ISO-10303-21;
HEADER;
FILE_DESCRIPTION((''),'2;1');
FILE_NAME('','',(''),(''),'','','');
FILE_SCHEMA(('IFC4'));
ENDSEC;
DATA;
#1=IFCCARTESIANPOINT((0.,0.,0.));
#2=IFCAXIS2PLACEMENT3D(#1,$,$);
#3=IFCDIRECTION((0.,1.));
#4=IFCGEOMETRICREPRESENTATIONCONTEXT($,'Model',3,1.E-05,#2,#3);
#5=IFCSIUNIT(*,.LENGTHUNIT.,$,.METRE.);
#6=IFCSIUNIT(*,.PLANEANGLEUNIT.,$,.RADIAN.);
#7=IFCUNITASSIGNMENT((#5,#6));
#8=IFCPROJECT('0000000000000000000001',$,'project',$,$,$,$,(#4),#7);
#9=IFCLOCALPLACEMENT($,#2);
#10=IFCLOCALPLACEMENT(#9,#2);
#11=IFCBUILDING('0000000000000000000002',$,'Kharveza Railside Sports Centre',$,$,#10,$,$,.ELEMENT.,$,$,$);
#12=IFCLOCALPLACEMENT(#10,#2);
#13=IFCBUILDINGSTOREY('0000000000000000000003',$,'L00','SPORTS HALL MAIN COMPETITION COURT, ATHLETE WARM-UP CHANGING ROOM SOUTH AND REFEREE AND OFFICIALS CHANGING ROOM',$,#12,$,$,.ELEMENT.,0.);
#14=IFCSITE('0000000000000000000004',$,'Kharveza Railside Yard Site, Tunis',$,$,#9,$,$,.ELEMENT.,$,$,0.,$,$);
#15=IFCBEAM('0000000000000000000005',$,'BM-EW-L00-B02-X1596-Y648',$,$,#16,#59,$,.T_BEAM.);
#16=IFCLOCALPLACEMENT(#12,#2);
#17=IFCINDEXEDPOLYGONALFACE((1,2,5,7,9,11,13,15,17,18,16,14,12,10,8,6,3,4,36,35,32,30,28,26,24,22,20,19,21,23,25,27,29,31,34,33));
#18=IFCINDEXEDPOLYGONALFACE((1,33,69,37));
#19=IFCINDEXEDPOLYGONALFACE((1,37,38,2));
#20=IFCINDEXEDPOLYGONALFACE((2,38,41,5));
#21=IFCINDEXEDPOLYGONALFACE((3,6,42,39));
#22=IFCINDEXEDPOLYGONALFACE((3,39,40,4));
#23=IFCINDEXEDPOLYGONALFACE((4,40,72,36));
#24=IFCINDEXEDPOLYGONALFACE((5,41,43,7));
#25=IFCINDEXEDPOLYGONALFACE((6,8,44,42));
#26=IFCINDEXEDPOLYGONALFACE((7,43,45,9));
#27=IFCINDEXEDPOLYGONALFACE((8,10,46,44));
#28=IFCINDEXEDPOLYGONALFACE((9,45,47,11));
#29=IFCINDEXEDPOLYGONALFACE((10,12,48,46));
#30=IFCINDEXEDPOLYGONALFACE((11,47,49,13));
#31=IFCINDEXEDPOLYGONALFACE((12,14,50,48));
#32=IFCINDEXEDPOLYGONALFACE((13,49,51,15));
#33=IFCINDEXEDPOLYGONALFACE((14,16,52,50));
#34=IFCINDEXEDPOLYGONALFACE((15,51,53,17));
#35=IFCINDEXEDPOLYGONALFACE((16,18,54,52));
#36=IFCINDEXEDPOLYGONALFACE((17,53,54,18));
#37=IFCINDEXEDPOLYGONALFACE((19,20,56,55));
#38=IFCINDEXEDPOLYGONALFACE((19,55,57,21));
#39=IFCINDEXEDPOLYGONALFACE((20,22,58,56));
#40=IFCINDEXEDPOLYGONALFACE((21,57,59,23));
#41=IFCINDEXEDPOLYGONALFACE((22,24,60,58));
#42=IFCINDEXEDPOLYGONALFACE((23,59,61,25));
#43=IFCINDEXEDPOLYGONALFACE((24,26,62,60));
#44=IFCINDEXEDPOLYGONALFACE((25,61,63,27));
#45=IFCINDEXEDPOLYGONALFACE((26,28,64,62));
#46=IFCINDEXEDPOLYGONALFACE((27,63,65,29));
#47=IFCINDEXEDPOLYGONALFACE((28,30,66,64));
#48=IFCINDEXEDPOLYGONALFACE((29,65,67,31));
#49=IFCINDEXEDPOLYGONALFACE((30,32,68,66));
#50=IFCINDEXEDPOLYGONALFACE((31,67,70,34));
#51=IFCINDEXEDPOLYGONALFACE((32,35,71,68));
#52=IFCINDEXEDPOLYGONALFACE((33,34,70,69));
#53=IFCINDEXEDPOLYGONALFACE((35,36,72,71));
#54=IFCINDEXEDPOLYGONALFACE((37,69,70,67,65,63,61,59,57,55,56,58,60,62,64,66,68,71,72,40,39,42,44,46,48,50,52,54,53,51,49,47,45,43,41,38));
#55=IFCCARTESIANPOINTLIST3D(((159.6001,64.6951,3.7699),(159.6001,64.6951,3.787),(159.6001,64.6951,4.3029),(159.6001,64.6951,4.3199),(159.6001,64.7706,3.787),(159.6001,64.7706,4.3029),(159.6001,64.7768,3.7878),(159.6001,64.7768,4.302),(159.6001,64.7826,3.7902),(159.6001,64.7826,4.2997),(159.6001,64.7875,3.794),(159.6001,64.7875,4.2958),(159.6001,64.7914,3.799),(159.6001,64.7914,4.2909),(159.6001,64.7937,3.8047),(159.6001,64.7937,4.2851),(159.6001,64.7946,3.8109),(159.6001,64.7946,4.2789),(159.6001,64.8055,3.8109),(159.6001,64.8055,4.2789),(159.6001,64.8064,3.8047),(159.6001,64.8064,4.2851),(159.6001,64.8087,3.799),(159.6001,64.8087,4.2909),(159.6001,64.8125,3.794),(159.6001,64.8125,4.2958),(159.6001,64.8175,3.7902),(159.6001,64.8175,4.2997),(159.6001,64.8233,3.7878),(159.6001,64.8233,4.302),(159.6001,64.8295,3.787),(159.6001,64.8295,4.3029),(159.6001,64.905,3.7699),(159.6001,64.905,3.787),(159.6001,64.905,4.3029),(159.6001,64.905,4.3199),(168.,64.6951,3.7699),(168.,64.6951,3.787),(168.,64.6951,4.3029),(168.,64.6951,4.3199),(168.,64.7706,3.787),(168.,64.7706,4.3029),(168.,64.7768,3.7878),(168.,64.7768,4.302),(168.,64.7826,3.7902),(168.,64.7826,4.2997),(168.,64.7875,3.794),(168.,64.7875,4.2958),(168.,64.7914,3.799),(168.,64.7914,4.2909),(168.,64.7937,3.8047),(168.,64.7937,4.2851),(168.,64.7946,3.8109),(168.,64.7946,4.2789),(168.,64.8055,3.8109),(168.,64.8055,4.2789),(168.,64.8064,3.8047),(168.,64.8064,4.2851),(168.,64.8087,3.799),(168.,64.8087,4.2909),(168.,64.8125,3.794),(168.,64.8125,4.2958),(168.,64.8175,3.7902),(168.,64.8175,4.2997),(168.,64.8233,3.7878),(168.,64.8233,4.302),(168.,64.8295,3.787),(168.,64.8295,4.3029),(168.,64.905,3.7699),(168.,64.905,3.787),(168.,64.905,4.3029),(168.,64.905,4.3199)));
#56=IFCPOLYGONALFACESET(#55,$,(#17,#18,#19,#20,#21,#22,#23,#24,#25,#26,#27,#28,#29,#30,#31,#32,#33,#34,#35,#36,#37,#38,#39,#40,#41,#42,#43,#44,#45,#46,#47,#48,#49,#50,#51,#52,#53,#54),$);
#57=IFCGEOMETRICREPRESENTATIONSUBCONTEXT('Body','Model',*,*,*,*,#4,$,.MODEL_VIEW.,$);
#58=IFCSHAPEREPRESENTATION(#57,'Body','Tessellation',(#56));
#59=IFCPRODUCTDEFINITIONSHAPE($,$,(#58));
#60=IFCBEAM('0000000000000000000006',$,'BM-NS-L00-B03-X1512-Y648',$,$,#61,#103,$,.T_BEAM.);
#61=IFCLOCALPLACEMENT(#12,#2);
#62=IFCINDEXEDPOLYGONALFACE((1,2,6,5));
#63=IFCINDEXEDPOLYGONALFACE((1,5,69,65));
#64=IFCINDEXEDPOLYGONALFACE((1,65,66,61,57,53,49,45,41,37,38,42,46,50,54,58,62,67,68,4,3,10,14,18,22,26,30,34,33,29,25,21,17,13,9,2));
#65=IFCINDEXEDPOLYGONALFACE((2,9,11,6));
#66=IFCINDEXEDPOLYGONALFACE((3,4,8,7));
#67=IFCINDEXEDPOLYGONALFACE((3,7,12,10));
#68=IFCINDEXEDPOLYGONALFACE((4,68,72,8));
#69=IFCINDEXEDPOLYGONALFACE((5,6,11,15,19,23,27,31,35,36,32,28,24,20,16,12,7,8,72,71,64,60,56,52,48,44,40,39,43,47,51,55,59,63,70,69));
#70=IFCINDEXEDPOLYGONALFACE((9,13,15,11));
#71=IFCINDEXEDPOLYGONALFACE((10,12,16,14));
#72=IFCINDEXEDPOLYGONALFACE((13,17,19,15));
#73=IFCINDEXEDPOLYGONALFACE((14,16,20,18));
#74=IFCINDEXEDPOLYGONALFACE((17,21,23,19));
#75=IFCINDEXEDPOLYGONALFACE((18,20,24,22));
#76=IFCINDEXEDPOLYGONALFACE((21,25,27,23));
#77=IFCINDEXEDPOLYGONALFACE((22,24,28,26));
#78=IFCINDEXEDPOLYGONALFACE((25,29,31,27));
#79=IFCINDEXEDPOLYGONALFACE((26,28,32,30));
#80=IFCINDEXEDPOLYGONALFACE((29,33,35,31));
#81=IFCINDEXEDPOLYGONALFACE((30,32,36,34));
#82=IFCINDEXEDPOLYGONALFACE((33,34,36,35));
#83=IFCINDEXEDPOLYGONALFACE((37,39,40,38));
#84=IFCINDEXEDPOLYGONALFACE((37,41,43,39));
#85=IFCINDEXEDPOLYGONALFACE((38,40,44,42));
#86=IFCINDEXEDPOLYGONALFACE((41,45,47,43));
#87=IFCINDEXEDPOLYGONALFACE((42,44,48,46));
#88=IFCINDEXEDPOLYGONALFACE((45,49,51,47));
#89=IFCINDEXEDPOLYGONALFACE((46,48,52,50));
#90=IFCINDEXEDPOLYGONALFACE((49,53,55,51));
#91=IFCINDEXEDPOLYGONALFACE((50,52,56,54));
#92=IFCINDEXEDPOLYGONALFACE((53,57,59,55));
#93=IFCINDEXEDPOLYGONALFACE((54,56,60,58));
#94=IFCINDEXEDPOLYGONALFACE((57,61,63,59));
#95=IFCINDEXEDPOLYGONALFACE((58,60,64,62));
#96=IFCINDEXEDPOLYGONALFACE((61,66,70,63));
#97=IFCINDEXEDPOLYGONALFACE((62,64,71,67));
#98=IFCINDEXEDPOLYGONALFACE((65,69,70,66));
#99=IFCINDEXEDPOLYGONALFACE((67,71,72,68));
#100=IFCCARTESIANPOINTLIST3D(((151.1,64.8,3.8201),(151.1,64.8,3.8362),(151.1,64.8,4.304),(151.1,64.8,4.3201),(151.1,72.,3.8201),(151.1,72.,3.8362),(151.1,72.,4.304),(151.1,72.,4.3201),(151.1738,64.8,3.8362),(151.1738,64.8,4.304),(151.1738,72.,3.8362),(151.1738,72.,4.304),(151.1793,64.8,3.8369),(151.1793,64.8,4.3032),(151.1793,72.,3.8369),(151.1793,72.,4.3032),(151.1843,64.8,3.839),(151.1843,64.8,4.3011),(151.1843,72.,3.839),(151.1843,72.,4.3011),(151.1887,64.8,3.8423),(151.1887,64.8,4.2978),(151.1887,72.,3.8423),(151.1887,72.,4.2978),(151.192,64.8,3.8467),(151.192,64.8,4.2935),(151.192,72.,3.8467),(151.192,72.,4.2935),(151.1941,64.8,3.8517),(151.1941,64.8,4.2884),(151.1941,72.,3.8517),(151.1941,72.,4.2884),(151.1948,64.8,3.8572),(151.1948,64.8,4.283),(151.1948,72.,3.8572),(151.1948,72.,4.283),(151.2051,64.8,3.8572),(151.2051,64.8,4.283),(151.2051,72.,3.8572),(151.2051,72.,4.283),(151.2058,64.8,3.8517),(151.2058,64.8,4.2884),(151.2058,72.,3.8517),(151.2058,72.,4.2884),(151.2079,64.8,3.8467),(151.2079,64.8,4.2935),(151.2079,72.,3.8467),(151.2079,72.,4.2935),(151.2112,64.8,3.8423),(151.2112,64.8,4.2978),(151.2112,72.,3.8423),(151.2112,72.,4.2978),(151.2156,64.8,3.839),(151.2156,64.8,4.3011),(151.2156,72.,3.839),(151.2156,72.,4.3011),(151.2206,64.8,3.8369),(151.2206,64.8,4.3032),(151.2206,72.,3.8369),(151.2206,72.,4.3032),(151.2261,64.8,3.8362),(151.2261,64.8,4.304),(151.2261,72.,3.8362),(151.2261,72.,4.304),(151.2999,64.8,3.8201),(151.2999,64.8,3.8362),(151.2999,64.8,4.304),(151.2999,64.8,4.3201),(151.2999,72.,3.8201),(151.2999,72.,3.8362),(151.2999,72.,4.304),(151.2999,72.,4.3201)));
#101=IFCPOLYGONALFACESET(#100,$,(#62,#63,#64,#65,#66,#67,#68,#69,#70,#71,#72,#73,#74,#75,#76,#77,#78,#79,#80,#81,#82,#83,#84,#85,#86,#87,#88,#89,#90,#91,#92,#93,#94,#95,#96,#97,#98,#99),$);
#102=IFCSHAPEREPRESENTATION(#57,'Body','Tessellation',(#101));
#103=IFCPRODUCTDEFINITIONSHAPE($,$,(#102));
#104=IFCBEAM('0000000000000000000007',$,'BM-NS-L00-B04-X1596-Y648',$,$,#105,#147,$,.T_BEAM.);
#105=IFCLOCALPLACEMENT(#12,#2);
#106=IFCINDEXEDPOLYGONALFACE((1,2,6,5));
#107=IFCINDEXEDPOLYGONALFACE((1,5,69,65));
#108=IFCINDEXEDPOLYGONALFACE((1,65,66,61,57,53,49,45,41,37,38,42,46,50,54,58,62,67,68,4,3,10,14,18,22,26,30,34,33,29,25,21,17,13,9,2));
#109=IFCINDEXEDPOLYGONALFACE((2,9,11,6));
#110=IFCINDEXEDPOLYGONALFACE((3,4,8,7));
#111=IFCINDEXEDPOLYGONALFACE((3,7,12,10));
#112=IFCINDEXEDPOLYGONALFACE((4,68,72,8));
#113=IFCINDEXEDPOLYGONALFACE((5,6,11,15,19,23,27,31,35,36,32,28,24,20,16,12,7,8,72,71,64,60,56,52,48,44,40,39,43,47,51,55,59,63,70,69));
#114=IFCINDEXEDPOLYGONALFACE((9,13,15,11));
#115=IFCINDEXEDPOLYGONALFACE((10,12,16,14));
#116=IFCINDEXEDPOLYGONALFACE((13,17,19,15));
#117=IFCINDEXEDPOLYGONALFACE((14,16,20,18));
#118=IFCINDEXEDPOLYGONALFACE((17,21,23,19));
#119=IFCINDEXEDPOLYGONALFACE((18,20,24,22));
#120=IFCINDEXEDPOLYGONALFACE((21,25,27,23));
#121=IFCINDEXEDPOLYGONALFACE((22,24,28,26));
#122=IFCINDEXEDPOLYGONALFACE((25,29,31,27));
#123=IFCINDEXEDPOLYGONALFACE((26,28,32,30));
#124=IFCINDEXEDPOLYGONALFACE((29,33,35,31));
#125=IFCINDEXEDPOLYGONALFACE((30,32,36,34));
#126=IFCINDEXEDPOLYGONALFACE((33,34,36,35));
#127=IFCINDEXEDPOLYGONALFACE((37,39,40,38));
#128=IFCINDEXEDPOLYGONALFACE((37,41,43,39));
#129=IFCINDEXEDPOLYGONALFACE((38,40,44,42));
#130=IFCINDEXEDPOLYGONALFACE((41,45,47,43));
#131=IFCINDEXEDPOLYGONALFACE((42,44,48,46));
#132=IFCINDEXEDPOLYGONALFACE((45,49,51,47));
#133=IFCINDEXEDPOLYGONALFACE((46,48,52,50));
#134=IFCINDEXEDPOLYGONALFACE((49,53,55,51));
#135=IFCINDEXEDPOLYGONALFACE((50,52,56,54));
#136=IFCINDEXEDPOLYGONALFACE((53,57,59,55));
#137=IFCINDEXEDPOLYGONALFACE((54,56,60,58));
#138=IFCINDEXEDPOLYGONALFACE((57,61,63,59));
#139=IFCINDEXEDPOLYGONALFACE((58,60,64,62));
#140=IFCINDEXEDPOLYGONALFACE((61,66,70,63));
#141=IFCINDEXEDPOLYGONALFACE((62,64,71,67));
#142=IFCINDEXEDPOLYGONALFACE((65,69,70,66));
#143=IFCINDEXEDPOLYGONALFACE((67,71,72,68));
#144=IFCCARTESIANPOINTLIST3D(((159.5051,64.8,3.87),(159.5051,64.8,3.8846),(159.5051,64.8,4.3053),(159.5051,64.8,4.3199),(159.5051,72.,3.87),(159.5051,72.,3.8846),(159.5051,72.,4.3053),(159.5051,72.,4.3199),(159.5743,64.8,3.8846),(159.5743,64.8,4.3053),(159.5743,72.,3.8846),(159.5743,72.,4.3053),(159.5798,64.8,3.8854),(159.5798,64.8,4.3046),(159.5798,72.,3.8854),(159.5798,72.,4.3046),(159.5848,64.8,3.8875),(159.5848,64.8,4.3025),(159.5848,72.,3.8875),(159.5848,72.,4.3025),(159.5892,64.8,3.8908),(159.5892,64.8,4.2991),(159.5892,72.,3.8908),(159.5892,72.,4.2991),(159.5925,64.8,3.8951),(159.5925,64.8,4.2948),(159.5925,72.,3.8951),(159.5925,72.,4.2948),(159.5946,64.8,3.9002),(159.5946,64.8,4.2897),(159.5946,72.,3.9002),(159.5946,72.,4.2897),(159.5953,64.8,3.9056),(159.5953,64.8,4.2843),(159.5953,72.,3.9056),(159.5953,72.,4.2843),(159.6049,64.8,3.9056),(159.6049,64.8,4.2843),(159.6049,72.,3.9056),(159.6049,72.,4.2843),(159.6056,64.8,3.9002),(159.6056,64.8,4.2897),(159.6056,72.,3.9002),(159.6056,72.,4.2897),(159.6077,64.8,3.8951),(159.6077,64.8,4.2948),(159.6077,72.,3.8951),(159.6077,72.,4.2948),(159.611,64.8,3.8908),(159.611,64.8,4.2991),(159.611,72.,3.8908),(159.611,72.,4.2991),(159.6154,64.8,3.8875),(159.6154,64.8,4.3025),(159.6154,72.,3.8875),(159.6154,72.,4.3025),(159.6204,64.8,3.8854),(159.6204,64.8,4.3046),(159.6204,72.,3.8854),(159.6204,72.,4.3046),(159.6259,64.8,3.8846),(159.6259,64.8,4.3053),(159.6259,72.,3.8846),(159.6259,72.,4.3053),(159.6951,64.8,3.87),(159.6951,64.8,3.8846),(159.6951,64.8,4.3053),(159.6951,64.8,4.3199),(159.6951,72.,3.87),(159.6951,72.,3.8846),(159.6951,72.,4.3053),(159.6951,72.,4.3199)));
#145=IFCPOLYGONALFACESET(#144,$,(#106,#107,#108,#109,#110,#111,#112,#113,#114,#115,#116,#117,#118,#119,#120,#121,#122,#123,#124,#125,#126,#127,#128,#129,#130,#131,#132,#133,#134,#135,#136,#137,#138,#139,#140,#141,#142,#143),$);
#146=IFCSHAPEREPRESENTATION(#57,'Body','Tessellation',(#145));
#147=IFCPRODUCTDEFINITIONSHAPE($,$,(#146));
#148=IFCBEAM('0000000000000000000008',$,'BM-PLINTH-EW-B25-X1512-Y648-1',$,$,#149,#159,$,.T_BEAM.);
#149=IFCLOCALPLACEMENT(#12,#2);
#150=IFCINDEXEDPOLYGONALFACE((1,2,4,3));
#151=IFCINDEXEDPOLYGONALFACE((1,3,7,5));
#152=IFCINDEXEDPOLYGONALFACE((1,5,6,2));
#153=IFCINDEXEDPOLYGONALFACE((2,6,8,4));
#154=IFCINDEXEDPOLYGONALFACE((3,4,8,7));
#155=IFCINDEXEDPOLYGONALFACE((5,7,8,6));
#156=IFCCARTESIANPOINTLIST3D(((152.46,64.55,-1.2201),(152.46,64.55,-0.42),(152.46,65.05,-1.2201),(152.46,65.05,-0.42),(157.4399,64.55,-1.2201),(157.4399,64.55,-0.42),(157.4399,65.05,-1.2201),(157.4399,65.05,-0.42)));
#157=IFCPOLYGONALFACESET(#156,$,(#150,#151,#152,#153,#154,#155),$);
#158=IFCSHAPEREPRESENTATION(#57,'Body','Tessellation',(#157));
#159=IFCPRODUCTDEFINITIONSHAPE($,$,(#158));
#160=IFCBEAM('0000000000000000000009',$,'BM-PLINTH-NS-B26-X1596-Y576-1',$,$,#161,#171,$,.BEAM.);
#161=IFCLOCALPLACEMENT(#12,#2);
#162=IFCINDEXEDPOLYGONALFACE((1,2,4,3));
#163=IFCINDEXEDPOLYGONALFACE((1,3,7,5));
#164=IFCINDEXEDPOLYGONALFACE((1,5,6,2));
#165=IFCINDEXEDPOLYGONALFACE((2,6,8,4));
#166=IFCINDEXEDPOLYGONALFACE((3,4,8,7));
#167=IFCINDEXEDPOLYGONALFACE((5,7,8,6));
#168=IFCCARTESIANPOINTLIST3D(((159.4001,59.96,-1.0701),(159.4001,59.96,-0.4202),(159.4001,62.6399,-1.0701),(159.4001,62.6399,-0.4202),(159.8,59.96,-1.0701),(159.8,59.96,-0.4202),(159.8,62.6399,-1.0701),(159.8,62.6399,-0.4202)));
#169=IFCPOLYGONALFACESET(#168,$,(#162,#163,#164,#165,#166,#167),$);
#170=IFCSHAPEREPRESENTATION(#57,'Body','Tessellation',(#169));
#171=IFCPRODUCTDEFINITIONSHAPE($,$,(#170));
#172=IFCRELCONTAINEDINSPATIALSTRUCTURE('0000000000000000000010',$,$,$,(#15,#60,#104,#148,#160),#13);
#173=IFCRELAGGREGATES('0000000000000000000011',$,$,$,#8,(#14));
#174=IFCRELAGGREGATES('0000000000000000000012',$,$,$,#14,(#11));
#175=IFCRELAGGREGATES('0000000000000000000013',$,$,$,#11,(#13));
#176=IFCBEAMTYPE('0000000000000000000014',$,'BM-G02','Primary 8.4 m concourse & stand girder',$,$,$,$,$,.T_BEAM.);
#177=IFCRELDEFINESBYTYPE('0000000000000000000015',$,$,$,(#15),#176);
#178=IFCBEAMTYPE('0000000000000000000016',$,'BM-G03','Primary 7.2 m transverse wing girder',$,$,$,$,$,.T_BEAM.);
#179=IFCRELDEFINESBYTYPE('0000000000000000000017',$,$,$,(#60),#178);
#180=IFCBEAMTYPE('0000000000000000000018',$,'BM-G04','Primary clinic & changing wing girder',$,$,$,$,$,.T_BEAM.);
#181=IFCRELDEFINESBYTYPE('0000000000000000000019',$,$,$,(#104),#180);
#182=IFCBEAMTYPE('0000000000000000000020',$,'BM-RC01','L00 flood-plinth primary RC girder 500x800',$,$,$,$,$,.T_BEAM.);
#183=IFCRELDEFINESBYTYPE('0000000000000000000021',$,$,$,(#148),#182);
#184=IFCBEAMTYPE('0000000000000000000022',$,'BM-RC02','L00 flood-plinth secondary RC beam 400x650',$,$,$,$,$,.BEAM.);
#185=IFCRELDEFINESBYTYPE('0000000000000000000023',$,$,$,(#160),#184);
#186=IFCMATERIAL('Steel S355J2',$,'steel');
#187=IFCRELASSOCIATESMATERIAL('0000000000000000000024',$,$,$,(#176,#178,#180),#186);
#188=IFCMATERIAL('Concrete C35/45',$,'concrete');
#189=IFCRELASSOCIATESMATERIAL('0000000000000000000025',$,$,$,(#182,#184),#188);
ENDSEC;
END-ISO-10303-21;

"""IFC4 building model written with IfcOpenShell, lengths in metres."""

from ifc_helpers import new_model, si_unit, direction, frame, origin, origin_2d, place, context, subcontext, project, spatial, rectangle, i_section, extrude, material, material_profile, profile_set, type_object, element, save


model = new_model("IFC4")

# Units and contexts
model_context = context("Model", 3, precision=1e-05, world=origin(), true_north=direction((0.0, 1.0)))
body_context = subcontext(model_context, "Body", "Model", "MODEL_VIEW")
ifc_project = project(units=[si_unit("LENGTHUNIT", "METRE"), si_unit("PLANEANGLEUNIT", "RADIAN")], contexts=[model_context])

# Site, building, storey
site_placement = place(None, origin())
site = spatial("IfcSite", under=ifc_project, at=site_placement, Name="Kharveza Railside Yard Site, Tunis", CompositionType="ELEMENT", RefElevation=0.0)
building_placement = place(site_placement, origin())
building = spatial("IfcBuilding", under=site, at=building_placement, Name="Kharveza Railside Sports Centre", CompositionType="ELEMENT")
storey_placement = place(building_placement, origin())
storey = spatial("IfcBuildingStorey", under=building, at=storey_placement, Name="L00", Description="SPORTS HALL MAIN COMPETITION COURT, ATHLETE WARM-UP CHANGING ROOM SOUTH AND REFEREE AND OFFICIALS CHANGING ROOM", CompositionType="ELEMENT", Elevation=0.0)

# Shared definitions
ifc_material_1 = material(Name="Concrete C35/45", Category="concrete")

# Shared definitions
ifc_material_2 = material(Name="Steel S355J2", Category="steel")

# Beams
ifc_material_profile_1 = material_profile(ifc_material_2, i_section(OverallWidth=0.21, OverallDepth=0.55, WebThickness=0.011, FlangeThickness=0.0171, FilletRadius=0.0239, at=origin_2d()), Name="IPE 550")
ifc_profile_set_1 = profile_set([ifc_material_profile_1], Name="Steel S355J2")
beam_type_1 = type_object("IfcBeamType", Name="BM-G02", Description="Primary 8.4 m concourse & stand girder", PredefinedType="T_BEAM", material=ifc_profile_set_1)
beam_1_placement = place(storey_placement, frame((159.6001, 64.8, 4.0449), z_axis=(1.0, 0.0, 0.0), x_axis=(0.0, 1.0, 0.0)))
element("IfcBeam", 1, at=beam_1_placement, inside=storey, type_object=beam_type_1, Name="BM-EW-L00-B02-X1596-Y648", PredefinedType="T_BEAM", context=body_context, shape_type="SweptSolid", body=[
    extrude(i_section(OverallWidth=0.21, OverallDepth=0.55, WebThickness=0.011, FlangeThickness=0.0171, FilletRadius=0.0239, at=origin_2d()), origin(), (0.0, 0.0, 1.0), 8.3999),
])
ifc_material_profile_2 = material_profile(ifc_material_2, i_section(OverallWidth=0.2, OverallDepth=0.5, WebThickness=0.0103, FlangeThickness=0.0161, FilletRadius=0.021, at=origin_2d()), Name="IPE 500")
ifc_profile_set_2 = profile_set([ifc_material_profile_2], Name="Steel S355J2")
beam_type_2 = type_object("IfcBeamType", Name="BM-G03", Description="Primary 7.2 m transverse wing girder", PredefinedType="T_BEAM", material=ifc_profile_set_2)
beam_2_placement = place(storey_placement, frame((151.2, 64.8, 4.0701), z_axis=(0.0, 1.0, 0.0), x_axis=(-1.0, 0.0, 0.0)))
element("IfcBeam", 2, at=beam_2_placement, inside=storey, type_object=beam_type_2, Name="BM-NS-L00-B03-X1512-Y648", PredefinedType="T_BEAM", context=body_context, shape_type="SweptSolid", body=[
    extrude(i_section(OverallWidth=0.2, OverallDepth=0.5, WebThickness=0.0103, FlangeThickness=0.0161, FilletRadius=0.021, at=origin_2d()), origin(), (0.0, 0.0, 1.0), 7.2),
])
ifc_material_profile_3 = material_profile(ifc_material_2, i_section(OverallWidth=0.1899, OverallDepth=0.45, WebThickness=0.0095, FlangeThickness=0.0146, FilletRadius=0.021, at=origin_2d()), Name="IPE 450")
ifc_profile_set_3 = profile_set([ifc_material_profile_3], Name="Steel S355J2")
beam_type_3 = type_object("IfcBeamType", Name="BM-G04", Description="Primary clinic & changing wing girder", PredefinedType="T_BEAM", material=ifc_profile_set_3)
beam_3_placement = place(storey_placement, frame((159.6001, 64.8, 4.095), z_axis=(0.0, 1.0, 0.0), x_axis=(-1.0, 0.0, 0.0)))
element("IfcBeam", 3, at=beam_3_placement, inside=storey, type_object=beam_type_3, Name="BM-NS-L00-B04-X1596-Y648", PredefinedType="T_BEAM", context=body_context, shape_type="SweptSolid", body=[
    extrude(i_section(OverallWidth=0.1899, OverallDepth=0.45, WebThickness=0.0095, FlangeThickness=0.0146, FilletRadius=0.021, at=origin_2d()), origin(), (0.0, 0.0, 1.0), 7.2),
])
ifc_material_profile_4 = material_profile(ifc_material_1, rectangle(XDim=0.5, YDim=0.8, at=origin_2d()), Name="RCB 500x800")
ifc_profile_set_4 = profile_set([ifc_material_profile_4], Name="Concrete C35/45")
beam_type_4 = type_object("IfcBeamType", Name="BM-RC01", Description="L00 flood-plinth primary RC girder 500x800", PredefinedType="T_BEAM", material=ifc_profile_set_4)
beam_4_placement = place(storey_placement, frame((152.46, 64.8, -0.8201), z_axis=(1.0, 0.0, 0.0), x_axis=(0.0, 1.0, 0.0)))
element("IfcBeam", 4, at=beam_4_placement, inside=storey, type_object=beam_type_4, Name="BM-PLINTH-EW-B25-X1512-Y648-1", PredefinedType="T_BEAM", context=body_context, shape_type="SweptSolid", body=[
    extrude(rectangle(XDim=0.5, YDim=0.8, at=origin_2d()), origin(), (0.0, 0.0, 1.0), 4.98),
])
ifc_material_profile_5 = material_profile(ifc_material_1, rectangle(XDim=0.3999, YDim=0.6499, at=origin_2d()), Name="RCB 400x650")
ifc_profile_set_5 = profile_set([ifc_material_profile_5], Name="Concrete C35/45")
beam_type_5 = type_object("IfcBeamType", Name="BM-RC02", Description="L00 flood-plinth secondary RC beam 400x650", PredefinedType="BEAM", material=ifc_profile_set_5)
beam_5_placement = place(storey_placement, frame((159.6001, 59.96, -0.7451), z_axis=(0.0, 1.0, 0.0), x_axis=(-1.0, 0.0, 0.0)))
element("IfcBeam", 5, at=beam_5_placement, inside=storey, type_object=beam_type_5, Name="BM-PLINTH-NS-B26-X1596-Y576-1", PredefinedType="BEAM", context=body_context, shape_type="SweptSolid", body=[
    extrude(rectangle(XDim=0.3999, YDim=0.6499, at=origin_2d()), origin(), (0.0, 0.0, 1.0), 2.6799),
])

save(model, "model.ifc")
